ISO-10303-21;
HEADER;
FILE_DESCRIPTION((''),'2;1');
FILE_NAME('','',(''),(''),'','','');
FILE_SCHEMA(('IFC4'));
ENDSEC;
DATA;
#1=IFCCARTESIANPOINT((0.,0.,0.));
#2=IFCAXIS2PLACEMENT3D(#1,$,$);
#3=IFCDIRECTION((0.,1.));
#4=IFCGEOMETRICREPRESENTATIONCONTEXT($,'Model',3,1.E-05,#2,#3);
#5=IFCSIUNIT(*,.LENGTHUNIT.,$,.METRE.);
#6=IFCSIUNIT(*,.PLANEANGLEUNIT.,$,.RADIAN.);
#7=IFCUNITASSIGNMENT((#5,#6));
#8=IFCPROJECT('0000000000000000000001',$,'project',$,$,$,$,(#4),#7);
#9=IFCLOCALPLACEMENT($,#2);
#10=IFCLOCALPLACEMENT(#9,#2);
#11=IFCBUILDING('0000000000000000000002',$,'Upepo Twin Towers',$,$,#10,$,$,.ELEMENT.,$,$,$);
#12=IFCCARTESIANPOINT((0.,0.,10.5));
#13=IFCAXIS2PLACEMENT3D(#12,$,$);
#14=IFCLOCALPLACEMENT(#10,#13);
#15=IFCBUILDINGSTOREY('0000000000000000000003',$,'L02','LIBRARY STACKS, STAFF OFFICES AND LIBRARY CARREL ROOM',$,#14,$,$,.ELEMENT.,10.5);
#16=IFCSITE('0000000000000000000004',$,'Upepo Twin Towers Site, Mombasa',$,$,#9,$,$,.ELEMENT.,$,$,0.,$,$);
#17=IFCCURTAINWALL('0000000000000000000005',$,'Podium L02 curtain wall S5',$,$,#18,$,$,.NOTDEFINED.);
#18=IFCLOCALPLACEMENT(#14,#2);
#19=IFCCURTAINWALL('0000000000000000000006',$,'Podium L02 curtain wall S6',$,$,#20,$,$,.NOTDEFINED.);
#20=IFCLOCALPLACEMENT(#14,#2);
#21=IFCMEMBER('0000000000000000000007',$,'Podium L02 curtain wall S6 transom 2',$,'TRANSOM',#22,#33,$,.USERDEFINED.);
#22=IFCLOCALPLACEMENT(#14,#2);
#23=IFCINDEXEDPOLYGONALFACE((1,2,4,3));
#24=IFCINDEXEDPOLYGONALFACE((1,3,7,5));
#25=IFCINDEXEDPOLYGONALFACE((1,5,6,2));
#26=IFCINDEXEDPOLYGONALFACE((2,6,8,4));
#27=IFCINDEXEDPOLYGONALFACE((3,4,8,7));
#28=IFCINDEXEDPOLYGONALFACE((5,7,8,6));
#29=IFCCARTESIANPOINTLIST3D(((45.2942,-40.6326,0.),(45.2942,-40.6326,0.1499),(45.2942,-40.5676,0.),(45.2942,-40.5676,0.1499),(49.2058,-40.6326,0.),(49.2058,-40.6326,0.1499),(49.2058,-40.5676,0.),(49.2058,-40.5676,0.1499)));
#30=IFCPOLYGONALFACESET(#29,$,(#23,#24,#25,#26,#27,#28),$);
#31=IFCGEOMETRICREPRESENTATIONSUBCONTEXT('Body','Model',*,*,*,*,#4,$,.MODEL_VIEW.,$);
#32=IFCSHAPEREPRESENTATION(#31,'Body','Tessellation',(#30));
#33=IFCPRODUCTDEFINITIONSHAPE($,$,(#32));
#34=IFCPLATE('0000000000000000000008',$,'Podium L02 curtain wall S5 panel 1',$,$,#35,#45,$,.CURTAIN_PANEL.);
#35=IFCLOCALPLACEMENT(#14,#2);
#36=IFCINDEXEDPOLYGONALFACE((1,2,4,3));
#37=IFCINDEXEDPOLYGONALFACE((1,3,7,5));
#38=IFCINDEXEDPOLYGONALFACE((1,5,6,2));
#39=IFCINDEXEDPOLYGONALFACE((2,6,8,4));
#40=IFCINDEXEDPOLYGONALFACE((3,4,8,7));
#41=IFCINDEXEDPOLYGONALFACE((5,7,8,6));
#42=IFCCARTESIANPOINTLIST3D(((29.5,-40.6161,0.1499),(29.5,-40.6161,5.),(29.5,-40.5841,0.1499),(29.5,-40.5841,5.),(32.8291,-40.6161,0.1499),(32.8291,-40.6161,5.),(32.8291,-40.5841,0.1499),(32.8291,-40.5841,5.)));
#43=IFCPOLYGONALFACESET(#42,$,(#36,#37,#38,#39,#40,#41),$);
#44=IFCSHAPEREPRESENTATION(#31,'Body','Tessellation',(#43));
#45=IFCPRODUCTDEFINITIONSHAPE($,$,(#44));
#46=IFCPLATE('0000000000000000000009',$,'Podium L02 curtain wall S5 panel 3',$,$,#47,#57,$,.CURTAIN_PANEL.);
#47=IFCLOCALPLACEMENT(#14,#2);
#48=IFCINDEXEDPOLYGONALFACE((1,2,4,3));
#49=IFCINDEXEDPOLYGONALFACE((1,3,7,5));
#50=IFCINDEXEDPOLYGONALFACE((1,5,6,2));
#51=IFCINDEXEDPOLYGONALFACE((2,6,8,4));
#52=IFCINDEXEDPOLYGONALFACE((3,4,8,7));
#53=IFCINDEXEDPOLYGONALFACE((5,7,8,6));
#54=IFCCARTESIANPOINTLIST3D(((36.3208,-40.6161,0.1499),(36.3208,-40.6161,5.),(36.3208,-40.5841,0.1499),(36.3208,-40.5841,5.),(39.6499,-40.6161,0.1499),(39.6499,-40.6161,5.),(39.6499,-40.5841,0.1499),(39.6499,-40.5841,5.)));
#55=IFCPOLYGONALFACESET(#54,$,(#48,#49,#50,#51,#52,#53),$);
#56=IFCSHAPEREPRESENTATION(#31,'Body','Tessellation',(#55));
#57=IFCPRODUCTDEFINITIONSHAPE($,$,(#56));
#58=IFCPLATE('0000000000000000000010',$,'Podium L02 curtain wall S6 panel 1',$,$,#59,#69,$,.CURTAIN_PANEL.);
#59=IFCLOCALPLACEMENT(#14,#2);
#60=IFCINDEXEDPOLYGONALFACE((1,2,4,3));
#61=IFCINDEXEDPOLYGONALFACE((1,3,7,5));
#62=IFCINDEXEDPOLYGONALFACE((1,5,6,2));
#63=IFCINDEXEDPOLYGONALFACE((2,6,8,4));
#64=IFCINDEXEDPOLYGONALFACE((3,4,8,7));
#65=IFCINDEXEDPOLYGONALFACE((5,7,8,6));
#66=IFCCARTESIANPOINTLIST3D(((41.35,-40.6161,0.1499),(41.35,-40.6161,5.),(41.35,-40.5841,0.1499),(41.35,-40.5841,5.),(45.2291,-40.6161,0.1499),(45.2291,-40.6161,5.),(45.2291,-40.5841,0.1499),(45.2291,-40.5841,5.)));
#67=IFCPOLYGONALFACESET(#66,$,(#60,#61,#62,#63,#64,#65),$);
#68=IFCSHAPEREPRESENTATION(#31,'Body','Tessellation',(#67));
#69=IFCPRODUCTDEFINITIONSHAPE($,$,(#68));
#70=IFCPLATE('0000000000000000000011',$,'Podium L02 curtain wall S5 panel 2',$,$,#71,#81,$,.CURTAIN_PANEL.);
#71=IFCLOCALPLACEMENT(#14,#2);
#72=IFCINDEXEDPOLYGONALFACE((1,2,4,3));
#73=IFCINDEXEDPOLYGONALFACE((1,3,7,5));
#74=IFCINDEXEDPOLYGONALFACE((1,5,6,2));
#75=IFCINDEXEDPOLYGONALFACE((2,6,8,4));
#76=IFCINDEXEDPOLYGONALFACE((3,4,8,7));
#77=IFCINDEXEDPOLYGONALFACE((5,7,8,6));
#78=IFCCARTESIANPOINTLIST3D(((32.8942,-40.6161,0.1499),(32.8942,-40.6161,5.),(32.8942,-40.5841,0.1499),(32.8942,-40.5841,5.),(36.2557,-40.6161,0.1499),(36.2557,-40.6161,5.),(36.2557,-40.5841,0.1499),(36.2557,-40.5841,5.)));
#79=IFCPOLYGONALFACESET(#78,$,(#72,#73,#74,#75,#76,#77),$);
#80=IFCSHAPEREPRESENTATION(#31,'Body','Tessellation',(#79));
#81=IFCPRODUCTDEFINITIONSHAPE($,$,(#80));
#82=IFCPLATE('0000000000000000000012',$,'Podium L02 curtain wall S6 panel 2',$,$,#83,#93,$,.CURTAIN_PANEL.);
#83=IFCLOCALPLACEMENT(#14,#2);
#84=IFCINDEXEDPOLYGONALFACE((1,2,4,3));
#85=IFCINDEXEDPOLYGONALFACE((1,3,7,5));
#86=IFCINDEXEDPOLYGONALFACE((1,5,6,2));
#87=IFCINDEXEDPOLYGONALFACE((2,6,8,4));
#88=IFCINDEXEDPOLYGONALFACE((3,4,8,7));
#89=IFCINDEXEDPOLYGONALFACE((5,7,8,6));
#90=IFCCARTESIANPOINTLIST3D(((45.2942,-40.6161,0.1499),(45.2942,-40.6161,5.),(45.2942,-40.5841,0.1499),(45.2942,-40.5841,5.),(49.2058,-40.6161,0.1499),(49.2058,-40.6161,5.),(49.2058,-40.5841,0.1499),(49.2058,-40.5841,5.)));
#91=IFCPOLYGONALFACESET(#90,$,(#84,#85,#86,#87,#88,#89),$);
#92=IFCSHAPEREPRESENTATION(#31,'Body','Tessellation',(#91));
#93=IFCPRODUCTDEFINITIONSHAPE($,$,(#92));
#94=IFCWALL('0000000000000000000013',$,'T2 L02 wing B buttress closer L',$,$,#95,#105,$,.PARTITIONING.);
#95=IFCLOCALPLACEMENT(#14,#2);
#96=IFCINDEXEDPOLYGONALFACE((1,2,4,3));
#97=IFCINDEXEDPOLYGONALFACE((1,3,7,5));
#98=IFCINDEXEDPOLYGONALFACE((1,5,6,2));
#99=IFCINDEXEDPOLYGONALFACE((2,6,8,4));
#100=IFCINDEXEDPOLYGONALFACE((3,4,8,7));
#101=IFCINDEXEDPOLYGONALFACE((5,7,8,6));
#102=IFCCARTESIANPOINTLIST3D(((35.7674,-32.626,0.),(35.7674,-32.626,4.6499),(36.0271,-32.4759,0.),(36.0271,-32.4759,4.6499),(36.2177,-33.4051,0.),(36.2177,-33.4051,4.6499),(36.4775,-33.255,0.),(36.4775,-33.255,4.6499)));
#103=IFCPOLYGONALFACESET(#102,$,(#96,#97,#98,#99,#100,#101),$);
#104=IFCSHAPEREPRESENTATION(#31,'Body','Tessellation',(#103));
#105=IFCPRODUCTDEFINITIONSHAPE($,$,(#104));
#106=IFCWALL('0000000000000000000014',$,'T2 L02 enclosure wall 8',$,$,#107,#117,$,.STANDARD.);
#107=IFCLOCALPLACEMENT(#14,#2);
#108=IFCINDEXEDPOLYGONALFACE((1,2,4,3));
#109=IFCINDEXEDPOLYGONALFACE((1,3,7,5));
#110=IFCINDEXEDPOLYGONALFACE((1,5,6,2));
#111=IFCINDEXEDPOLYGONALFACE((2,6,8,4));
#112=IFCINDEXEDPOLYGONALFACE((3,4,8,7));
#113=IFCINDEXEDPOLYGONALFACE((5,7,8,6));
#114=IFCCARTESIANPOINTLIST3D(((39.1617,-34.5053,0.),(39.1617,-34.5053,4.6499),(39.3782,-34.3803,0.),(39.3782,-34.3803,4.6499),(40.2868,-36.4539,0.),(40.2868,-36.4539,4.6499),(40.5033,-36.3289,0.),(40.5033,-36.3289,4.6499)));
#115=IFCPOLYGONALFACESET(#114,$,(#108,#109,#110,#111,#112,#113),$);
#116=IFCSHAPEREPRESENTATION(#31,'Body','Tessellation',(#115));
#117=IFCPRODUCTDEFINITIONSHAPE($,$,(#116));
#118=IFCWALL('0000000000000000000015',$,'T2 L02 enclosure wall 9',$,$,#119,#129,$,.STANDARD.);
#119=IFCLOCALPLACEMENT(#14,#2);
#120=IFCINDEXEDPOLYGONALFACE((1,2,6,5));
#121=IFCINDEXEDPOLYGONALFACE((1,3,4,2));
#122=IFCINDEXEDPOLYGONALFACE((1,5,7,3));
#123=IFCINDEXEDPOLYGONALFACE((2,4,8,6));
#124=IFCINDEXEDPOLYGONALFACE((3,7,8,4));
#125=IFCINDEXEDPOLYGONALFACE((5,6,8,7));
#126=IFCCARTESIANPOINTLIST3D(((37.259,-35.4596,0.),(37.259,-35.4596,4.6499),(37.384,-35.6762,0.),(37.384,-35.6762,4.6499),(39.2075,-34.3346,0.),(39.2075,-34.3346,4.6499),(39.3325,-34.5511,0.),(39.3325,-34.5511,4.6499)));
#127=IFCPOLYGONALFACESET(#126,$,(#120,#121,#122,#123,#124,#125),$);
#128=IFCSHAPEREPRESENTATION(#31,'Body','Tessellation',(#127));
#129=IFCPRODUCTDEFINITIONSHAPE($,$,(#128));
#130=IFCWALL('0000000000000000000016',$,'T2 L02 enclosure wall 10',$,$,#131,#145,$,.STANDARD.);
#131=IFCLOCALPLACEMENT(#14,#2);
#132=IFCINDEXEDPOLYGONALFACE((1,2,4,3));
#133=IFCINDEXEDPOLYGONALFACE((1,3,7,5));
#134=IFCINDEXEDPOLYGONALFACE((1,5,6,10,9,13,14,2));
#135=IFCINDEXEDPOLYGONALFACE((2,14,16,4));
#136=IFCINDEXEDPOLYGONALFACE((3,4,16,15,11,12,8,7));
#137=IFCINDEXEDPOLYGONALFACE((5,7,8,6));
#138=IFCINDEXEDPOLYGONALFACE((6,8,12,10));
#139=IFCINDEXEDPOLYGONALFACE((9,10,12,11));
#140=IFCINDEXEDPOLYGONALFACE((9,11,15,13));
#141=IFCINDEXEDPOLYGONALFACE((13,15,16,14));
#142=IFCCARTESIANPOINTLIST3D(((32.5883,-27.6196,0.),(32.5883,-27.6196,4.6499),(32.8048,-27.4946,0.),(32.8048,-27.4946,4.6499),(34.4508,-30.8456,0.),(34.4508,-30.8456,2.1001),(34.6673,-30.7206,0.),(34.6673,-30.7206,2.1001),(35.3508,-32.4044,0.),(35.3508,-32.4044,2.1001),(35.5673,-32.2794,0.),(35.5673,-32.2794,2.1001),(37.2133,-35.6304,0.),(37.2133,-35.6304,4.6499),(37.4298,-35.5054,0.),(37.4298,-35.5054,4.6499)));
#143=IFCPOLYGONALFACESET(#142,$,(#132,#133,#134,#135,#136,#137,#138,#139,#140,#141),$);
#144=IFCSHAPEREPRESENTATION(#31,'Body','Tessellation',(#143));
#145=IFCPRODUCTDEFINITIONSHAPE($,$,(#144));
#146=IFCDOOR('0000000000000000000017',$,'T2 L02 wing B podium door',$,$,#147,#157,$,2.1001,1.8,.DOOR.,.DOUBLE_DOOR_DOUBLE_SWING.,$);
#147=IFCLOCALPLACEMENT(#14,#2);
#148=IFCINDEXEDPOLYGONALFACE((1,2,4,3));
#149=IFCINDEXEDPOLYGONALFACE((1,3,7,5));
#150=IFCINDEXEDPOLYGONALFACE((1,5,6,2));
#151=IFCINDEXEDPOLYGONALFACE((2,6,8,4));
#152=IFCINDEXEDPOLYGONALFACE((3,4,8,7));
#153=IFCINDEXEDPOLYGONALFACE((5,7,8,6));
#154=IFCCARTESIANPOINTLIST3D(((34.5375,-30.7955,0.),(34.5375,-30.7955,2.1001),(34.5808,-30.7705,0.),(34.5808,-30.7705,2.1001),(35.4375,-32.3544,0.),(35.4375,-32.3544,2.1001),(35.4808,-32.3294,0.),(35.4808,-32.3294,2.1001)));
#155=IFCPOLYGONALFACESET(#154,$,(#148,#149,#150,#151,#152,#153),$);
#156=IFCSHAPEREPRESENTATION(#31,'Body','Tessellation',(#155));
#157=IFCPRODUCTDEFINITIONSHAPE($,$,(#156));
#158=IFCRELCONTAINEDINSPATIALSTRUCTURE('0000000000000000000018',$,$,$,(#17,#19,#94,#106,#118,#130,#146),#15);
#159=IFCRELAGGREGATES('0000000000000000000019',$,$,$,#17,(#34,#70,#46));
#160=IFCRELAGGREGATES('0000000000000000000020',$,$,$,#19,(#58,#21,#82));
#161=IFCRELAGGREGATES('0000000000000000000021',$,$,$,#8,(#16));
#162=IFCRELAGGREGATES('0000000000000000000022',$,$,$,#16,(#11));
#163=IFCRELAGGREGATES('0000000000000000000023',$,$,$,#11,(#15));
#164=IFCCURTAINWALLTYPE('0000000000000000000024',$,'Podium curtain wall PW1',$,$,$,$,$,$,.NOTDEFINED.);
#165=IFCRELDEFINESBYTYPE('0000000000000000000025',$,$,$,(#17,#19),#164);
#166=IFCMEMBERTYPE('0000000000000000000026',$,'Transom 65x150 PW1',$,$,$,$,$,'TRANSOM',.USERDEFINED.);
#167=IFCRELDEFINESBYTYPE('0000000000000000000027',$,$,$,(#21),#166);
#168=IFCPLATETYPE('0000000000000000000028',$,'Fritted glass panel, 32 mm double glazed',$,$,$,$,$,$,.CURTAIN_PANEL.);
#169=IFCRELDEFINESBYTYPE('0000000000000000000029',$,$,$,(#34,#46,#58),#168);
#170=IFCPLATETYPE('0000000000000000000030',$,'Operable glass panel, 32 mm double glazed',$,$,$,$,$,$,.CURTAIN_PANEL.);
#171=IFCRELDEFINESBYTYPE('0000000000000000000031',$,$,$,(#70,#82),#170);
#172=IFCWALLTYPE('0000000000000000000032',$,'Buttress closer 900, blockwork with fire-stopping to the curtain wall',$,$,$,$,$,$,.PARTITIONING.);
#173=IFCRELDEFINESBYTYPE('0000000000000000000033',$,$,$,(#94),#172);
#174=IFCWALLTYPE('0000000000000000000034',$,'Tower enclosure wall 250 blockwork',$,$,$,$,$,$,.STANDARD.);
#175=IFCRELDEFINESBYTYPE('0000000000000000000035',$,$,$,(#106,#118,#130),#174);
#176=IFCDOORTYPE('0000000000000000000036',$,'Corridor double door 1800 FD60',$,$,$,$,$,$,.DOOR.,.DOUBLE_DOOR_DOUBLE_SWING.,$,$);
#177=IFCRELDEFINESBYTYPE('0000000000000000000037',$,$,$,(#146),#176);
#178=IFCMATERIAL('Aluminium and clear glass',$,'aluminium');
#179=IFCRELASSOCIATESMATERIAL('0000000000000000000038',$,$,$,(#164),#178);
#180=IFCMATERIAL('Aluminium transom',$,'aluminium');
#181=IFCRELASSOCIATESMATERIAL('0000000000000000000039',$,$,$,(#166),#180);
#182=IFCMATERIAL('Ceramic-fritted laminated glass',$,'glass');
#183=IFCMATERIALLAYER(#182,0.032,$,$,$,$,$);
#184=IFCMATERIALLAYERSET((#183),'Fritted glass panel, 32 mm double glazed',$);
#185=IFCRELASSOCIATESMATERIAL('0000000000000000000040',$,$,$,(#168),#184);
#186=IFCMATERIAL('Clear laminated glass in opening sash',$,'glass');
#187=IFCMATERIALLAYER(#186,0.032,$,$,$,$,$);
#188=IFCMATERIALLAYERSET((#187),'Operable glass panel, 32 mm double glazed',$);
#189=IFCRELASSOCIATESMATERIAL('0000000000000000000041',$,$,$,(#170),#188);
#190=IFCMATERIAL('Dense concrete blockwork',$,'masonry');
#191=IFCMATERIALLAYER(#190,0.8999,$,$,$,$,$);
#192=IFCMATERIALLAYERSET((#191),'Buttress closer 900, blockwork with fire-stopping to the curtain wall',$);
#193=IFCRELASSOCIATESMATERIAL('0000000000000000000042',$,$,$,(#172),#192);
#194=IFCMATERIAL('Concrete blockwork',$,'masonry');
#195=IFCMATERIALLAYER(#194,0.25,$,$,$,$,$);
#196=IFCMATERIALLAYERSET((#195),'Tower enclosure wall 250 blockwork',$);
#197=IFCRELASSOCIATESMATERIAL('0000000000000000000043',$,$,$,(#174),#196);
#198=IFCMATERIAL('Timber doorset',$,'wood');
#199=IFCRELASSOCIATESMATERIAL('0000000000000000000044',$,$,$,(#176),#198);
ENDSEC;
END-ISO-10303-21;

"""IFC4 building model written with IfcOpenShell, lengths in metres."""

from ifc_helpers import new_model, si_unit, direction, frame, frame_2d, origin, origin_2d, place, context, subcontext, project, spatial, rectangle, extrude, material, layer, layer_set, material_profile, profile_set, type_object, element, fill, aggregate, save


model = new_model("IFC4")

# Units and contexts
model_context = context("Model", 3, precision=1e-05, world=origin(), true_north=direction((0.0, 1.0)))
body_context = subcontext(model_context, "Body", "Model", "MODEL_VIEW")
ifc_project = project(units=[si_unit("LENGTHUNIT", "METRE"), si_unit("PLANEANGLEUNIT", "RADIAN")], contexts=[model_context])

# Site, building, storey
site_placement = place(None, origin())
site = spatial("IfcSite", under=ifc_project, at=site_placement, Name="Upepo Twin Towers Site, Mombasa", CompositionType="ELEMENT", RefElevation=0.0)
building_placement = place(site_placement, origin())
building = spatial("IfcBuilding", under=site, at=building_placement, Name="Upepo Twin Towers", CompositionType="ELEMENT")
storey_placement = place(building_placement, frame((0.0, 0.0, 10.5)))
storey = spatial("IfcBuildingStorey", under=building, at=storey_placement, Name="L02", Description="LIBRARY STACKS, STAFF OFFICES AND LIBRARY CARREL ROOM", CompositionType="ELEMENT", Elevation=10.5)

# Curtain walls
ifc_material_1 = material(Name="Aluminium and clear glass", Category="aluminium")
curtain_wall_type = type_object("IfcCurtainWallType", Name="Podium curtain wall PW1", PredefinedType="NOTDEFINED", material=ifc_material_1)
curtain_wall_1_placement = place(storey_placement, origin())
curtain_wall_1 = element("IfcCurtainWall", 1, at=curtain_wall_1_placement, inside=storey, type_object=curtain_wall_type, Name="Podium L02 curtain wall S5", PredefinedType="NOTDEFINED")
curtain_wall_2_placement = place(storey_placement, origin())
curtain_wall_2 = element("IfcCurtainWall", 2, at=curtain_wall_2_placement, inside=storey, type_object=curtain_wall_type, Name="Podium L02 curtain wall S6", PredefinedType="NOTDEFINED")

# Member
ifc_material_2 = material(Name="Aluminium transom", Category="aluminium")
ifc_material_profile_1 = material_profile(ifc_material_2, rectangle(XDim=0.0649, YDim=0.1499, at=origin_2d()), Name="TRANSOM 65x150 PODIUM")
ifc_profile_set_1 = profile_set([ifc_material_profile_1], Name="Aluminium transom")
member_type_1 = type_object("IfcMemberType", Name="Transom 65x150 PW1", ElementType="TRANSOM", PredefinedType="USERDEFINED", material=ifc_profile_set_1)
member_1_placement = place(storey_placement, frame((45.2942, -40.6001, 0.075), z_axis=(1.0, 0.0, 0.0), x_axis=(0.0, 1.0, 0.0)))
member_1 = element("IfcMember", 3, at=member_1_placement, type_object=member_type_1, Name="Podium L02 curtain wall S6 transom 2", ObjectType="TRANSOM", PredefinedType="USERDEFINED", context=body_context, shape_type="SweptSolid", body=[
    extrude(rectangle(XDim=0.0649, YDim=0.1499, at=origin_2d()), origin(), (0.0, 0.0, 1.0), 3.9116),
])

# Plates
ifc_material_3 = material(Name="Ceramic-fritted laminated glass", Category="glass")
ifc_layer_1 = layer(ifc_material_3, 0.032)
ifc_layer_set_1 = layer_set([ifc_layer_1], Name="Fritted glass panel, 32 mm double glazed")
plate_type_1 = type_object("IfcPlateType", Name="Fritted glass panel, 32 mm double glazed", PredefinedType="CURTAIN_PANEL", material=ifc_layer_set_1)
plate_1_placement = place(storey_placement, frame((31.1646, -40.6001, 0.1499), z_axis=(0.0, 0.0, 1.0), x_axis=(1.0, 0.0, 0.0)))
plate_1 = element("IfcPlate", 4, at=plate_1_placement, type_object=plate_type_1, Name="Podium L02 curtain wall S5 panel 1", PredefinedType="CURTAIN_PANEL", context=body_context, shape_type="SweptSolid", body=[
    extrude(rectangle(XDim=3.3291, YDim=0.032, at=origin_2d()), origin(), (0.0, 0.0, 1.0), 4.8501),
])
plate_2_placement = place(storey_placement, frame((37.9854, -40.6001, 0.1499), z_axis=(0.0, 0.0, 1.0), x_axis=(1.0, 0.0, 0.0)))
plate_2 = element("IfcPlate", 5, at=plate_2_placement, type_object=plate_type_1, Name="Podium L02 curtain wall S5 panel 3", PredefinedType="CURTAIN_PANEL", context=body_context, shape_type="SweptSolid", body=[
    extrude(rectangle(XDim=3.3291, YDim=0.032, at=origin_2d()), origin(), (0.0, 0.0, 1.0), 4.8501),
])
plate_3_placement = place(storey_placement, frame((43.2896, -40.6001, 0.1499), z_axis=(0.0, 0.0, 1.0), x_axis=(1.0, 0.0, 0.0)))
plate_3 = element("IfcPlate", 6, at=plate_3_placement, type_object=plate_type_1, Name="Podium L02 curtain wall S6 panel 1", PredefinedType="CURTAIN_PANEL", context=body_context, shape_type="SweptSolid", body=[
    extrude(rectangle(XDim=3.8792, YDim=0.032, at=origin_2d()), origin(), (0.0, 0.0, 1.0), 4.8501),
])
ifc_material_4 = material(Name="Clear laminated glass in opening sash", Category="glass")
ifc_layer_2 = layer(ifc_material_4, 0.032)
ifc_layer_set_2 = layer_set([ifc_layer_2], Name="Operable glass panel, 32 mm double glazed")
plate_type_2 = type_object("IfcPlateType", Name="Operable glass panel, 32 mm double glazed", PredefinedType="CURTAIN_PANEL", material=ifc_layer_set_2)
plate_4_placement = place(storey_placement, frame((34.575, -40.6001, 0.1499), z_axis=(0.0, 0.0, 1.0), x_axis=(1.0, 0.0, 0.0)))
plate_4 = element("IfcPlate", 7, at=plate_4_placement, type_object=plate_type_2, Name="Podium L02 curtain wall S5 panel 2", PredefinedType="CURTAIN_PANEL", context=body_context, shape_type="SweptSolid", body=[
    extrude(rectangle(XDim=3.3616, YDim=0.032, at=origin_2d()), origin(), (0.0, 0.0, 1.0), 4.8501),
])
aggregate(curtain_wall_1, [plate_1, plate_4, plate_2])
plate_5_placement = place(storey_placement, frame((47.25, -40.6001, 0.1499), z_axis=(0.0, 0.0, 1.0), x_axis=(1.0, 0.0, 0.0)))
plate_5 = element("IfcPlate", 8, at=plate_5_placement, type_object=plate_type_2, Name="Podium L02 curtain wall S6 panel 2", PredefinedType="CURTAIN_PANEL", context=body_context, shape_type="SweptSolid", body=[
    extrude(rectangle(XDim=3.9116, YDim=0.032, at=origin_2d()), origin(), (0.0, 0.0, 1.0), 4.8501),
])
aggregate(curtain_wall_2, [plate_3, member_1, plate_5])

# Wall
ifc_material_5 = material(Name="Dense concrete blockwork", Category="masonry")
ifc_layer_3 = layer(ifc_material_5, 0.8999)
ifc_layer_set_3 = layer_set([ifc_layer_3], Name="Buttress closer 900, blockwork with fire-stopping to the curtain wall")
wall_type_1 = type_object("IfcWallType", Name="Buttress closer 900, blockwork with fire-stopping to the curtain wall", PredefinedType="PARTITIONING", material=ifc_layer_set_3)
wall_1_placement = place(storey_placement, frame((36.2522, -32.8655, 0.0), z_axis=(0.0, 0.0, 1.0), x_axis=(-0.865779, -0.500427, 0.0)))
element("IfcWall", 9, at=wall_1_placement, inside=storey, type_object=wall_type_1, Name="T2 L02 wing B buttress closer L", PredefinedType="PARTITIONING", context=body_context, shape_type="SweptSolid", body=[
    extrude(rectangle(XDim=0.3, YDim=0.8999, at=frame_2d((0.1499, 0.0))), origin(), (0.0, 0.0, 1.0), 4.6499),
])

# Walls
ifc_material_6 = material(Name="Concrete blockwork", Category="masonry")
ifc_layer_4 = layer(ifc_material_6, 0.25)
ifc_layer_set_4 = layer_set([ifc_layer_4], Name="Tower enclosure wall 250 blockwork")
wall_type_2 = type_object("IfcWallType", Name="Tower enclosure wall 250 blockwork", PredefinedType="STANDARD", material=ifc_layer_set_4)
for number, where, z_axis, x_axis, name in (
    (10, (40.395, -36.3914, 0.0), (0.0, 0.0, 1.0), (-0.500014, 0.866018, 0.0), "T2 L02 enclosure wall 8"),
    (11, (39.27, -34.4429, 0.0), (0.0, 0.0, 1.0), (-0.866018, -0.500014, 0.0), "T2 L02 enclosure wall 9"),
):
    element("IfcWall", number, at=place(storey_placement, frame(where, z_axis=z_axis, x_axis=x_axis)), inside=storey, type_object=wall_type_2, Name=name, PredefinedType="STANDARD", context=body_context, shape_type="SweptSolid", body=[
        extrude(rectangle(XDim=2.25, YDim=0.25, at=frame_2d((1.125, 0.0))), origin(), (0.0, 0.0, 1.0), 4.6499),
    ])

# Wall, opening, door
wall_2_placement = place(storey_placement, frame((37.3215, -35.5679, 0.0), z_axis=(0.0, 0.0, 1.0), x_axis=(-0.5, 0.866026, 0.0)))
wall_2 = element("IfcWall", 12, at=wall_2_placement, inside=storey, type_object=wall_type_2, Name="T2 L02 enclosure wall 10", PredefinedType="STANDARD", context=body_context, shape_type="SweptSolid", body=[
    extrude(rectangle(XDim=9.25, YDim=0.25, at=frame_2d((4.625, 0.0))), origin(), (0.0, 0.0, 1.0), 4.6499),
])
opening_1_placement = place(wall_2_placement, frame((3.7251, 0.0, 0.0)))
opening_1 = element("IfcOpeningElement", 13, at=opening_1_placement, cuts=wall_2, PredefinedType="OPENING", context=body_context, shape_type="SweptSolid", body=[
    extrude(rectangle(XDim=1.8, YDim=2.1001, at=frame_2d((0.8999, 1.05))), frame((0.0, 0.135, 0.0), z_axis=(0.0, -1.0, 0.0), x_axis=(1.0, 0.0, 0.0)), (0.0, 0.0, 1.0), 0.27),
])
ifc_material_7 = material(Name="Timber doorset", Category="wood")
door_type_1 = type_object("IfcDoorType", Name="Corridor double door 1800 FD60", OperationType="DOUBLE_DOOR_DOUBLE_SWING", PredefinedType="DOOR", material=ifc_material_7)
door_1_placement = place(opening_1_placement, origin())
door_1 = element("IfcDoor", 14, at=door_1_placement, inside=storey, type_object=door_type_1, Name="T2 L02 wing B podium door", OperationType="DOUBLE_DOOR_DOUBLE_SWING", OverallHeight=2.1001, OverallWidth=1.8, PredefinedType="DOOR", context=body_context, shape_type="SweptSolid", body=[
    extrude(rectangle(XDim=1.8, YDim=2.1001, at=frame_2d((0.8999, 1.05))), frame((0.0, 0.0249, 0.0), z_axis=(0.0, -1.0, 0.0), x_axis=(1.0, 0.0, 0.0)), (0.0, 0.0, 1.0), 0.05),
])
fill(opening_1, door_1)

save(model, "model.ifc")
